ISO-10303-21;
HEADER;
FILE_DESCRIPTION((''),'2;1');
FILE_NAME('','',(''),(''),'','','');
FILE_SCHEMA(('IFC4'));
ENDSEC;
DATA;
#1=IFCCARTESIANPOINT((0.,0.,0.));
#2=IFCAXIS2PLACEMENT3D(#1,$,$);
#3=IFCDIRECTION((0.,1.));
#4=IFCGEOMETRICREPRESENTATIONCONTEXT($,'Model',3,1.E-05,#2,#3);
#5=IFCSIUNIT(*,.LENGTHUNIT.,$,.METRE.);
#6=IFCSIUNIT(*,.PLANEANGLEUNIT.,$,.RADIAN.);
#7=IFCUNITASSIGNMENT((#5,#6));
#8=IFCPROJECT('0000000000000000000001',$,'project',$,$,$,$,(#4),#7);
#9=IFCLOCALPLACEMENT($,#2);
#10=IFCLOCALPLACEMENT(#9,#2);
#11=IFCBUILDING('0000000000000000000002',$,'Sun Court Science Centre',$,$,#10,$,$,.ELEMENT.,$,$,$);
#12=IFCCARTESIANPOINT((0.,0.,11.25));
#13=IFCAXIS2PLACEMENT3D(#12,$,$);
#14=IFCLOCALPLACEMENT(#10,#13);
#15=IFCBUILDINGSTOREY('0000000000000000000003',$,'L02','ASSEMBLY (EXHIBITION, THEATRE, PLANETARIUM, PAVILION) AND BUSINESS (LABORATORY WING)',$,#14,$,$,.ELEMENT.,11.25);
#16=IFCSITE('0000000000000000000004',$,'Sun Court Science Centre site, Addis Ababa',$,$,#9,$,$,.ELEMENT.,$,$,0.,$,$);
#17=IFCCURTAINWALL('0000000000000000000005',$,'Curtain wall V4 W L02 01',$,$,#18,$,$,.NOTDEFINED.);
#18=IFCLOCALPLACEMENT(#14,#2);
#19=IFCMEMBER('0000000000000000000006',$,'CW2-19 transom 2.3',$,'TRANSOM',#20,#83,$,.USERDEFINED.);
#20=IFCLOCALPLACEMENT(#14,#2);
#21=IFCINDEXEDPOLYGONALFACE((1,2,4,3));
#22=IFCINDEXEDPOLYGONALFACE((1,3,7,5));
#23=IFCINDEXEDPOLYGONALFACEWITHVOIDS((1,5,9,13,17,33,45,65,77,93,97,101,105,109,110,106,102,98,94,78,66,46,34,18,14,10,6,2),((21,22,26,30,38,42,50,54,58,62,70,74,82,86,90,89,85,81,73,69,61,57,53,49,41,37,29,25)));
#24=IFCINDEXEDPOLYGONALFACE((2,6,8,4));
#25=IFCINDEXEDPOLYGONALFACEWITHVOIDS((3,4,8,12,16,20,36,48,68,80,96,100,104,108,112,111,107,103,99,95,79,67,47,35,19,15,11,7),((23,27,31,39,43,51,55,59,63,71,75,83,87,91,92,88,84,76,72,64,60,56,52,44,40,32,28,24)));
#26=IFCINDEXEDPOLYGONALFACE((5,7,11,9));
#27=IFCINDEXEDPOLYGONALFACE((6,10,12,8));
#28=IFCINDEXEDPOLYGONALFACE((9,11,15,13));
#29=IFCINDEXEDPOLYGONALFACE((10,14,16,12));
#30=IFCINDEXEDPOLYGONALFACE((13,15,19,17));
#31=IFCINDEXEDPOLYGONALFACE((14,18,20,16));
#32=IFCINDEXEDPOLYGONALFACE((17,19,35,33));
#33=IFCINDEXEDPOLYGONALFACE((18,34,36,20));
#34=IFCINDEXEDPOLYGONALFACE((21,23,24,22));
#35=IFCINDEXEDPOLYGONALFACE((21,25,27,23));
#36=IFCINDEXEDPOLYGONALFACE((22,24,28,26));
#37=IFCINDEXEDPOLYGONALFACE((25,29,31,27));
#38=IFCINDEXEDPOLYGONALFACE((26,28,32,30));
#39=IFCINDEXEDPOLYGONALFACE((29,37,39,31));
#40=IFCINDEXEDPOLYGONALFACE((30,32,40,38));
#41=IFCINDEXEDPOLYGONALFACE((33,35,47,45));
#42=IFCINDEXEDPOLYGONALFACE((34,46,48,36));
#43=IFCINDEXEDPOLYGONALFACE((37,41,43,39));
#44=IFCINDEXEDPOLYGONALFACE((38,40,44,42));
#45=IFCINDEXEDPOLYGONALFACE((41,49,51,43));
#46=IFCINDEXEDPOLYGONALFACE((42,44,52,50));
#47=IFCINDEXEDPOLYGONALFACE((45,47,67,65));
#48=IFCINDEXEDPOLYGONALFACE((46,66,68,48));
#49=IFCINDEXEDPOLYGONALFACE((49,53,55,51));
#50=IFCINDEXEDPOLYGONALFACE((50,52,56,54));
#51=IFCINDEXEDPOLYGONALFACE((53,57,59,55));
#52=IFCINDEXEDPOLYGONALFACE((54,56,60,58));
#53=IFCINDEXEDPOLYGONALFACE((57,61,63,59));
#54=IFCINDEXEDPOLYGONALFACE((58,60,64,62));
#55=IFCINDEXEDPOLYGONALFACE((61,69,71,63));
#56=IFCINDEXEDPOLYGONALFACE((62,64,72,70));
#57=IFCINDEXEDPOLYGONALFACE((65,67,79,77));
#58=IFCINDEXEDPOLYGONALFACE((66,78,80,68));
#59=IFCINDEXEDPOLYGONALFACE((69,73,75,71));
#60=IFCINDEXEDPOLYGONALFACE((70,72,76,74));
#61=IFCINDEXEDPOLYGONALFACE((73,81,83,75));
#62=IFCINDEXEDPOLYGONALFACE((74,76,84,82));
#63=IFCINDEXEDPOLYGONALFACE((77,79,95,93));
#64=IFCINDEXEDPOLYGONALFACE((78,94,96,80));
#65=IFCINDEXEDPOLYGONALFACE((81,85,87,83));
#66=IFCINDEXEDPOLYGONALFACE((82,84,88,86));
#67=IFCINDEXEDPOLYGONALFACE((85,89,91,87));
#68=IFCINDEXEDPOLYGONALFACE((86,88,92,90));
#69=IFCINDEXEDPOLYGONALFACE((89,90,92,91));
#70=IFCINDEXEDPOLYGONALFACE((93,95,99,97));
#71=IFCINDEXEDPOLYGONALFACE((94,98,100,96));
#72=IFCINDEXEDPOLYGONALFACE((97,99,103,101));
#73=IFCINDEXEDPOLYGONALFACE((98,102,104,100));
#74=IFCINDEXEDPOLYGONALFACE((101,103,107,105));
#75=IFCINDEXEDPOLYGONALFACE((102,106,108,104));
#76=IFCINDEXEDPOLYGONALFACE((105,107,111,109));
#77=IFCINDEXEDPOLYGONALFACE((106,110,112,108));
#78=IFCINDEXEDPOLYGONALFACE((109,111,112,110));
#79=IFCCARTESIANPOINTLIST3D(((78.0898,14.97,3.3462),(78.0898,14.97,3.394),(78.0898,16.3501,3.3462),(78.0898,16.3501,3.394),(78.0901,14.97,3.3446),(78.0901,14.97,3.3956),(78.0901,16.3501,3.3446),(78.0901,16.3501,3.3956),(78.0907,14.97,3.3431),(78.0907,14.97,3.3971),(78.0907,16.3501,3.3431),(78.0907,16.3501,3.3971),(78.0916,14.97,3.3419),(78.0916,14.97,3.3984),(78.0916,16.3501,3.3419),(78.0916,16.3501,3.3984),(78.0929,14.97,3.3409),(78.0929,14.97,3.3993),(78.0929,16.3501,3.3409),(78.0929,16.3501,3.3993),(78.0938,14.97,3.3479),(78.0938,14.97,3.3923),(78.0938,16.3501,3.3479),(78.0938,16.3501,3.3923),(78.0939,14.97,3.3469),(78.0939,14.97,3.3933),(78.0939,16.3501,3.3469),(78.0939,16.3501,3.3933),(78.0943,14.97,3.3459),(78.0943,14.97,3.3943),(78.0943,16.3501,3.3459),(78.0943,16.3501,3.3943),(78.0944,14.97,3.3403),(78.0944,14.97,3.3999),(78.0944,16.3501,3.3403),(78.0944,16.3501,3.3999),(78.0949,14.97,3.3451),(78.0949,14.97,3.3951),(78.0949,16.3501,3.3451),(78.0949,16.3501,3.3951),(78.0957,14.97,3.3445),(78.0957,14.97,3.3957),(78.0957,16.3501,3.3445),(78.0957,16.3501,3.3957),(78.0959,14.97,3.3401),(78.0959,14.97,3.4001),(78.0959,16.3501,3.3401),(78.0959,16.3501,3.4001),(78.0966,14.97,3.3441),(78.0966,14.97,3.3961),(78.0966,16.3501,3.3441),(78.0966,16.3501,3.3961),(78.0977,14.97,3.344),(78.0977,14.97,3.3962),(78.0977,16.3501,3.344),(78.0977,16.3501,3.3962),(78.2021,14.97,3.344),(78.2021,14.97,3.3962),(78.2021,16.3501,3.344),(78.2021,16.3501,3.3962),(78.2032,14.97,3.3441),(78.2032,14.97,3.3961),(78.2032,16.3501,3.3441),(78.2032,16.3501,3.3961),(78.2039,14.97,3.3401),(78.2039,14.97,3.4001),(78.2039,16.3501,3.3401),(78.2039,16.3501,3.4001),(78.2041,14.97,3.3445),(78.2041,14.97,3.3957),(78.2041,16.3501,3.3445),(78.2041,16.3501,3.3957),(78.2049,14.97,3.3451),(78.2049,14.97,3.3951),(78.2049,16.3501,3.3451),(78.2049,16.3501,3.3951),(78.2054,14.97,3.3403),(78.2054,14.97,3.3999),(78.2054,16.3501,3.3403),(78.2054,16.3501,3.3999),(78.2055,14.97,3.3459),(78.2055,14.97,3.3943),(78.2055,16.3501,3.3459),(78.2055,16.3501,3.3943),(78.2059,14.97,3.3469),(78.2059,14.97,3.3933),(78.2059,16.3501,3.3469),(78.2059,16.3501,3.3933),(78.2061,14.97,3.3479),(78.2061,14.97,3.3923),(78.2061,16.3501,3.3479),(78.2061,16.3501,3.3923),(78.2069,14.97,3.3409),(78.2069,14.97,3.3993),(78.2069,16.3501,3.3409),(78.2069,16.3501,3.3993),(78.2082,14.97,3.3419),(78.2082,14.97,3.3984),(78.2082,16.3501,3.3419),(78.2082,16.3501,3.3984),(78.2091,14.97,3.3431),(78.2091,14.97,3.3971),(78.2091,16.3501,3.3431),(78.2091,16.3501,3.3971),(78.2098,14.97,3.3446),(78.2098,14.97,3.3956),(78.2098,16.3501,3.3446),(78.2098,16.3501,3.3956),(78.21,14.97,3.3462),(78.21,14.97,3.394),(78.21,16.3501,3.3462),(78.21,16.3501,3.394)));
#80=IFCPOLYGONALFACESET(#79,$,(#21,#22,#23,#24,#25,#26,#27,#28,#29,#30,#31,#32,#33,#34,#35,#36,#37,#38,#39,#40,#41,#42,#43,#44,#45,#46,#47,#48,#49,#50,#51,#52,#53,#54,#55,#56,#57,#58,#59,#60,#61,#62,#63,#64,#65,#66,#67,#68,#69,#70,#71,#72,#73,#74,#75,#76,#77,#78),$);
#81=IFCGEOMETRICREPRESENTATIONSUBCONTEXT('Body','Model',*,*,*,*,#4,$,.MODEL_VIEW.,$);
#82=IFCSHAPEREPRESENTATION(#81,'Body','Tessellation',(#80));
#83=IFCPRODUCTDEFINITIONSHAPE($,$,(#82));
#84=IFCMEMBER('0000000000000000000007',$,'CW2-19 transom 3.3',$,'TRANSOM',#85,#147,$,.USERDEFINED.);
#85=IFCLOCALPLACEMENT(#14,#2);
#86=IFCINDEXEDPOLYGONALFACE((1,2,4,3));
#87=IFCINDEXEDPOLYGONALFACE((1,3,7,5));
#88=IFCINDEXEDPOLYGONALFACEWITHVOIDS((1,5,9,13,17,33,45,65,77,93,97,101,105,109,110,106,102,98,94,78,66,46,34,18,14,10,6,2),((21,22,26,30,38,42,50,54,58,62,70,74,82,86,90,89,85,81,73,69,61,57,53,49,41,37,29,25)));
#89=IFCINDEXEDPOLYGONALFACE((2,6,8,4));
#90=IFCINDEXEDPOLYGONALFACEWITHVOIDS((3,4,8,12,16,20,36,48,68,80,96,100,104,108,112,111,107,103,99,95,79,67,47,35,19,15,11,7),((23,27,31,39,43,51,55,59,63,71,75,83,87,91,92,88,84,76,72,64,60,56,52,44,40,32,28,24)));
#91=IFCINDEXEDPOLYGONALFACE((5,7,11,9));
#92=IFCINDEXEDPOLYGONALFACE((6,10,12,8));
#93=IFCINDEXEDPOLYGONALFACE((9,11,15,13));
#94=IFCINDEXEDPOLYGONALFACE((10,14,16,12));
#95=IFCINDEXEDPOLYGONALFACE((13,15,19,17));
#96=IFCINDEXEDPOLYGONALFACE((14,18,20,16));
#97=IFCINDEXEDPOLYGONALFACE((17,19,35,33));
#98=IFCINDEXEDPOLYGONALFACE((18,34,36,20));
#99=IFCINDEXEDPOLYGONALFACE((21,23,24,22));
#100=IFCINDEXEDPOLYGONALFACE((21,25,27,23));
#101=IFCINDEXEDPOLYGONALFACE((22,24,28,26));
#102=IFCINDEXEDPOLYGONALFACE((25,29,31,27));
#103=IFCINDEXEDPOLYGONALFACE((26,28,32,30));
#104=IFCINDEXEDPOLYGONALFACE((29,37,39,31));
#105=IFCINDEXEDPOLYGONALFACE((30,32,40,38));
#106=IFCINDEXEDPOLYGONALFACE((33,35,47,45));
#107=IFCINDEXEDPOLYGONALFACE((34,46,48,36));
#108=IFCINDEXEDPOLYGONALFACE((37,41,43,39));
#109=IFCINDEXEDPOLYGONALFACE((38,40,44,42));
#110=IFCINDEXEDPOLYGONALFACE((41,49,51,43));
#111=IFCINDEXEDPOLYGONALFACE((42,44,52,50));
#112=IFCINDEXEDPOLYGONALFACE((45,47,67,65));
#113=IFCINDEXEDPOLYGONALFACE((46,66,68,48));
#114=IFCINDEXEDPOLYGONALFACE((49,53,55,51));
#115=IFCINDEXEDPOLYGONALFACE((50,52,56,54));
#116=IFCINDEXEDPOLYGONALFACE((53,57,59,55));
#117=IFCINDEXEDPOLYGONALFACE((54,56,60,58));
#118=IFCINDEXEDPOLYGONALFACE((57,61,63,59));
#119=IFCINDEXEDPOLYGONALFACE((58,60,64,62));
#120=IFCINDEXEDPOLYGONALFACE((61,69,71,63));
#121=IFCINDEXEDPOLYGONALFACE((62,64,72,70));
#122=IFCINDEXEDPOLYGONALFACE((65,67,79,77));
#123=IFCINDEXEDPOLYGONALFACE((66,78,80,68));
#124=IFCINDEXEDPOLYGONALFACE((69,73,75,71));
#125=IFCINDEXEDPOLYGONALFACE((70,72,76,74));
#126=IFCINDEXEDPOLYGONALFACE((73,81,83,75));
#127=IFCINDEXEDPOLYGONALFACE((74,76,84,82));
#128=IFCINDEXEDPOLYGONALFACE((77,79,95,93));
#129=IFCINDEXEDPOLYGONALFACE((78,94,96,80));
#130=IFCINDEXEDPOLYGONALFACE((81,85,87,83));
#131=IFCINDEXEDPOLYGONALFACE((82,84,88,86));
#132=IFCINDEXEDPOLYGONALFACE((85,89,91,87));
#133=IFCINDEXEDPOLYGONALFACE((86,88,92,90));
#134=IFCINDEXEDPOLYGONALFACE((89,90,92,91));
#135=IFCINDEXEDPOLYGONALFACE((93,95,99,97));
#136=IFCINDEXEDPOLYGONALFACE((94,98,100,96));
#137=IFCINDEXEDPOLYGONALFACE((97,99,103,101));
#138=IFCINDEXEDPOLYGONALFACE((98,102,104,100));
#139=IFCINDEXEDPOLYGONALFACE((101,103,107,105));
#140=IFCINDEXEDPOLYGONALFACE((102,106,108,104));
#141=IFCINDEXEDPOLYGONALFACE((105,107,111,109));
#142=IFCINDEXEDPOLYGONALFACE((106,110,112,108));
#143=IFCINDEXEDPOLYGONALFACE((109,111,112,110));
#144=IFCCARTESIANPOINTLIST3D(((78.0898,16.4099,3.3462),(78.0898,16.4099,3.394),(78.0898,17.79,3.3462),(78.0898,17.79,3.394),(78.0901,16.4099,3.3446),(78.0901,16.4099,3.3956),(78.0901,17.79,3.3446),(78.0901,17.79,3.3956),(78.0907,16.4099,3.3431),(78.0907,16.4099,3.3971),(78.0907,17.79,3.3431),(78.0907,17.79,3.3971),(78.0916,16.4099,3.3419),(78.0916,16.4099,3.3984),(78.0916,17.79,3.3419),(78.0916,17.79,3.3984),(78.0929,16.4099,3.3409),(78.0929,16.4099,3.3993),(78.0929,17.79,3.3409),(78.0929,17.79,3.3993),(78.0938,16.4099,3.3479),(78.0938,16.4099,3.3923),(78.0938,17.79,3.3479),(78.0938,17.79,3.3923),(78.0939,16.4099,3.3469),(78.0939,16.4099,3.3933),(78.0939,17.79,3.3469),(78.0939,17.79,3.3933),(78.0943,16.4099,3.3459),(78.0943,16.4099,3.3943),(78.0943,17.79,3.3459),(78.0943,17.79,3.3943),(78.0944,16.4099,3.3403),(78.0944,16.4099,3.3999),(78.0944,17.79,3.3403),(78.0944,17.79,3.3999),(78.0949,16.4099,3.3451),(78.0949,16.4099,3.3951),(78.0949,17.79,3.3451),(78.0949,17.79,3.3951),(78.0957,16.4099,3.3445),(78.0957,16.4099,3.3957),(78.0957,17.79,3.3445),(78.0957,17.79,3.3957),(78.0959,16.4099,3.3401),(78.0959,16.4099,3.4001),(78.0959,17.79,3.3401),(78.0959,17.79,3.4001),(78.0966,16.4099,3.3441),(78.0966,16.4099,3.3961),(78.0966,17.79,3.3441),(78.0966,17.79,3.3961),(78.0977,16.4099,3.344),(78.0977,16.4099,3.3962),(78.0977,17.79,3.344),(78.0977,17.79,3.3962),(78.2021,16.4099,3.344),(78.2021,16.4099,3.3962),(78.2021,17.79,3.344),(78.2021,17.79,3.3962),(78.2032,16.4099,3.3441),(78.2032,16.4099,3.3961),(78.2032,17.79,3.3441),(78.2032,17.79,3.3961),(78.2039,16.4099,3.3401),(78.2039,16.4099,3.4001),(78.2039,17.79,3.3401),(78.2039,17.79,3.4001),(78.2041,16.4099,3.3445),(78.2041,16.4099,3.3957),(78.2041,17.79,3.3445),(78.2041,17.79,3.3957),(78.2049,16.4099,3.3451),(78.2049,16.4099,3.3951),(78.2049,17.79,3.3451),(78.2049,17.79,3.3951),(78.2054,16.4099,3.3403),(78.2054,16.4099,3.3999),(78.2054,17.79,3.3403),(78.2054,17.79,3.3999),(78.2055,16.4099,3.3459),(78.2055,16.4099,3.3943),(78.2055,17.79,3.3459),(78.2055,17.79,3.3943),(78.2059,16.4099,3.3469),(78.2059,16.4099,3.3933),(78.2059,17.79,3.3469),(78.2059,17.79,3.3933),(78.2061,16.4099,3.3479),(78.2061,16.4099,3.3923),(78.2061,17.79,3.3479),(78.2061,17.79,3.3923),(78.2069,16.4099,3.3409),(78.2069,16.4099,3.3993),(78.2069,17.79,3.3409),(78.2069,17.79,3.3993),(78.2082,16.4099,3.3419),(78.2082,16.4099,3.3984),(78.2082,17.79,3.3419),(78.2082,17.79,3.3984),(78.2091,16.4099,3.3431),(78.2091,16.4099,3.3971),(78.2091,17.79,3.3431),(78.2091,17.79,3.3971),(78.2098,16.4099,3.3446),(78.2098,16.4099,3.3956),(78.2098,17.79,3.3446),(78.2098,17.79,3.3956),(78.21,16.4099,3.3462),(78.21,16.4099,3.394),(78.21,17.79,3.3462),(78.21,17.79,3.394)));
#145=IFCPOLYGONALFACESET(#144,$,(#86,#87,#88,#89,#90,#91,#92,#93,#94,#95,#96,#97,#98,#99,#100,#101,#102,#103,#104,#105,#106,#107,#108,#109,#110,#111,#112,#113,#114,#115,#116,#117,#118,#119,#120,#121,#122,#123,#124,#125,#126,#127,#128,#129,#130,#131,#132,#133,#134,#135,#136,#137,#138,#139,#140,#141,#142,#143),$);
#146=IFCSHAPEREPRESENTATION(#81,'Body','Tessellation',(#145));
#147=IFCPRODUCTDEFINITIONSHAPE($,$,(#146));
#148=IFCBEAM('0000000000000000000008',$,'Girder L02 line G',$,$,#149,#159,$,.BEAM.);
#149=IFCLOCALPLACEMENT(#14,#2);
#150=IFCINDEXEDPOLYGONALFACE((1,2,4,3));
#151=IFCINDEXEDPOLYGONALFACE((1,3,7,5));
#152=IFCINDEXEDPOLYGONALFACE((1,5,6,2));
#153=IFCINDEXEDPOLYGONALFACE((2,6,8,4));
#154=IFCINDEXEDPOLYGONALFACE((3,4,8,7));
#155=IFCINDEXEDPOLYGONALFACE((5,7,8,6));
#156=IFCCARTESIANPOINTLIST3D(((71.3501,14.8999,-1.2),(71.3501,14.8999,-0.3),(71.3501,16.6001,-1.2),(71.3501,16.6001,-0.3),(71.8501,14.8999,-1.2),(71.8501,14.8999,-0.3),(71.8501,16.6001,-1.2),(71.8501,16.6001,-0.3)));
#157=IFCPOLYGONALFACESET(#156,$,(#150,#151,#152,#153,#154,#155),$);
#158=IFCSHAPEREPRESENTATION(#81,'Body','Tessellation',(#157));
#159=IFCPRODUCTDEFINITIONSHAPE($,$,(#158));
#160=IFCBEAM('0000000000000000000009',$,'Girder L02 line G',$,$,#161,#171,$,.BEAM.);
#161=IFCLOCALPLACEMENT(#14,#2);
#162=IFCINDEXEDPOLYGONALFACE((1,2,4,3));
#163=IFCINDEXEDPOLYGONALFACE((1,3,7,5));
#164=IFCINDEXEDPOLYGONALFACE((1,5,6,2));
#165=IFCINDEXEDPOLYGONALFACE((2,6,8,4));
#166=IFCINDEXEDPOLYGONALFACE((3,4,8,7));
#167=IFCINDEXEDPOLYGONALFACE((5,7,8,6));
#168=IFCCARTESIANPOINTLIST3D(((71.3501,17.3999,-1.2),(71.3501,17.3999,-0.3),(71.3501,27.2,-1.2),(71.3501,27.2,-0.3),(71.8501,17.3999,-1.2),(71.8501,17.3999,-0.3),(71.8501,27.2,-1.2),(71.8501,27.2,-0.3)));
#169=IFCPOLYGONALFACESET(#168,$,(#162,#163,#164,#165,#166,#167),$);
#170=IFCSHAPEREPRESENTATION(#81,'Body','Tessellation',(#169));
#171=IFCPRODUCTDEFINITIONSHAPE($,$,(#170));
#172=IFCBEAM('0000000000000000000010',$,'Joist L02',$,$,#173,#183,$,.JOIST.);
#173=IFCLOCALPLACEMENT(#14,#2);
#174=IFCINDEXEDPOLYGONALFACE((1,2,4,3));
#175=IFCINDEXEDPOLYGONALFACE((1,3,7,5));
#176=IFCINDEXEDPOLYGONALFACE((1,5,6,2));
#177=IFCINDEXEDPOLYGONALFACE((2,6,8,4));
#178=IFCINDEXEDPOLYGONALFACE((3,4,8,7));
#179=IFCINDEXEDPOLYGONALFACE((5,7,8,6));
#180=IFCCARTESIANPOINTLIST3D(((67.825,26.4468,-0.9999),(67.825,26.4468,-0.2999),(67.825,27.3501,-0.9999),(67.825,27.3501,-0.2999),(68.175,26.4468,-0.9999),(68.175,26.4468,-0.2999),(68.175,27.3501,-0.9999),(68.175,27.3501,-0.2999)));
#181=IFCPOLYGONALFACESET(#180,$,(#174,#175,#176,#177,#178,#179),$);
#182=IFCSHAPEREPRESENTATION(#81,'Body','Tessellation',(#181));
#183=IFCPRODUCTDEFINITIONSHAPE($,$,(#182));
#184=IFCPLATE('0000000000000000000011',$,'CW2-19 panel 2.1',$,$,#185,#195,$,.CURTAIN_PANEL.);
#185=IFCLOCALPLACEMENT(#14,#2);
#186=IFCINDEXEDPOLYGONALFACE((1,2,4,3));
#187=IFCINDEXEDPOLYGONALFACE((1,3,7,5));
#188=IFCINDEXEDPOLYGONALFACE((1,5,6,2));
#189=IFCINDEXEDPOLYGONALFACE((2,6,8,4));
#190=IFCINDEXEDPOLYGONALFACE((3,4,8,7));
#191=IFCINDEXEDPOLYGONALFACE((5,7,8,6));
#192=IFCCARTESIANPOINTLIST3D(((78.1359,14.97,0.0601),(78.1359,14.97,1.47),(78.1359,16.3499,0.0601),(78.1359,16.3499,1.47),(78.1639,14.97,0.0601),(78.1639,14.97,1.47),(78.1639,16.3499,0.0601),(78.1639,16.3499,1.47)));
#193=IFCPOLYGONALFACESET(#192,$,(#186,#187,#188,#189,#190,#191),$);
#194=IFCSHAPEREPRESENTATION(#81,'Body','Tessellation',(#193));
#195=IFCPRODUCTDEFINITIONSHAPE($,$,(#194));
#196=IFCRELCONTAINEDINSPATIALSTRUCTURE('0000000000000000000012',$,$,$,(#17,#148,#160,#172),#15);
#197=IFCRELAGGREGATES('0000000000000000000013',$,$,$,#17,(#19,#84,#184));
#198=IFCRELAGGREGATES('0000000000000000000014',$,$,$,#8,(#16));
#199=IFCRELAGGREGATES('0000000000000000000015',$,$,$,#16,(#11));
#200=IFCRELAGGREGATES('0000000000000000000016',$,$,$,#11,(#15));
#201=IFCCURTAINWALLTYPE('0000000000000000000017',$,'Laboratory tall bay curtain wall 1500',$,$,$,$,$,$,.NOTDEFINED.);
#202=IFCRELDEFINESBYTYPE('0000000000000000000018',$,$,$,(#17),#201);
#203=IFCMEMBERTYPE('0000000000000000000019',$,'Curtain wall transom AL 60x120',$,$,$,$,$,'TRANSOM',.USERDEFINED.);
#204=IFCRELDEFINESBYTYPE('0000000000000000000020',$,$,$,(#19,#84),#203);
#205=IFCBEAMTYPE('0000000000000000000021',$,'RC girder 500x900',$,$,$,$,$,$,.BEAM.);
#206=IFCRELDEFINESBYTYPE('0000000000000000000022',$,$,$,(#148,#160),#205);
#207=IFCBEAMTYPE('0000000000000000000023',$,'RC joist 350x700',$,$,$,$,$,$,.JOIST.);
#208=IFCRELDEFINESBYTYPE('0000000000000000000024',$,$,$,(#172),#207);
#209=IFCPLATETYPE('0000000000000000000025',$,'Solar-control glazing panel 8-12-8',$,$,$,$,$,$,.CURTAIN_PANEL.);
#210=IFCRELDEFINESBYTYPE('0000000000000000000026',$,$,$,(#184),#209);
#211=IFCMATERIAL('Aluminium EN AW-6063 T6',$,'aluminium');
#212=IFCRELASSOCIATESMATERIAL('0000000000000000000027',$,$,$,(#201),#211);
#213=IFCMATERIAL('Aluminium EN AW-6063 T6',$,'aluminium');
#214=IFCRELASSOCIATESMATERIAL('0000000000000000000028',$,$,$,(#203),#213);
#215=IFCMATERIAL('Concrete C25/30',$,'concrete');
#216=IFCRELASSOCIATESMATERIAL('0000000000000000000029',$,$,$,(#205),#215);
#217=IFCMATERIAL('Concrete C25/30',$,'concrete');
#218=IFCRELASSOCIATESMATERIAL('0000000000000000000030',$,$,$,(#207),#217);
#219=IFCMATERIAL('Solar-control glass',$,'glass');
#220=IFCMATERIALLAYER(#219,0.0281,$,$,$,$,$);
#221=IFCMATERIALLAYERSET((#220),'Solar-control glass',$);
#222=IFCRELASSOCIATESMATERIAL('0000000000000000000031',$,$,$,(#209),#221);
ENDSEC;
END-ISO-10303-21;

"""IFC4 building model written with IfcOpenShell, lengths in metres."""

from ifc_helpers import new_model, si_unit, direction, frame, origin, origin_2d, place, context, subcontext, project, spatial, rectangle, hollow_rectangle, extrude, material, layer, layer_set, material_profile, profile_set, type_object, element, aggregate, save


model = new_model("IFC4")

# Units and contexts
model_context = context("Model", 3, precision=1e-05, world=origin(), true_north=direction((0.0, 1.0)))
body_context = subcontext(model_context, "Body", "Model", "MODEL_VIEW")
ifc_project = project(units=[si_unit("LENGTHUNIT", "METRE"), si_unit("PLANEANGLEUNIT", "RADIAN")], contexts=[model_context])

# Site, building, storey
site_placement = place(None, origin())
site = spatial("IfcSite", under=ifc_project, at=site_placement, Name="Sun Court Science Centre site, Addis Ababa", CompositionType="ELEMENT", RefElevation=0.0)
building_placement = place(site_placement, origin())
building = spatial("IfcBuilding", under=site, at=building_placement, Name="Sun Court Science Centre", CompositionType="ELEMENT")
storey_placement = place(building_placement, frame((0.0, 0.0, 11.25)))
storey = spatial("IfcBuildingStorey", under=building, at=storey_placement, Name="L02", Description="ASSEMBLY (EXHIBITION, THEATRE, PLANETARIUM, PAVILION) AND BUSINESS (LABORATORY WING)", CompositionType="ELEMENT", Elevation=11.25)

# Curtain wall, members
ifc_material_1 = material(Name="Aluminium EN AW-6063 T6", Category="aluminium")
curtain_wall_type = type_object("IfcCurtainWallType", Name="Laboratory tall bay curtain wall 1500", PredefinedType="NOTDEFINED", material=ifc_material_1)
curtain_wall_placement = place(storey_placement, origin())
curtain_wall = element("IfcCurtainWall", 1, at=curtain_wall_placement, inside=storey, type_object=curtain_wall_type, Name="Curtain wall V4 W L02 01", PredefinedType="NOTDEFINED")
ifc_material_2 = material(Name="Aluminium EN AW-6063 T6", Category="aluminium")
ifc_material_profile_1 = material_profile(ifc_material_2, hollow_rectangle(XDim=0.0601, YDim=0.1201, WallThickness=0.0039, InnerFilletRadius=0.0039, OuterFilletRadius=0.0061, at=origin_2d()), Name="AL 60x120x4")
ifc_profile_set_1 = profile_set([ifc_material_profile_1], Name="Aluminium EN AW-6063 T6")
member_type_1 = type_object("IfcMemberType", Name="Curtain wall transom AL 60x120", ElementType="TRANSOM", PredefinedType="USERDEFINED", material=ifc_profile_set_1)
member_1_placement = place(storey_placement, frame((78.1499, 14.97, 3.3701), z_axis=(0.0, 1.0, 0.0), x_axis=(0.0, 0.0, 1.0)))
member_1 = element("IfcMember", 2, at=member_1_placement, type_object=member_type_1, Name="CW2-19 transom 2.3", ObjectType="TRANSOM", PredefinedType="USERDEFINED", context=body_context, shape_type="SweptSolid", body=[
    extrude(hollow_rectangle(XDim=0.0601, YDim=0.1201, WallThickness=0.0039, InnerFilletRadius=0.0039, OuterFilletRadius=0.0061, at=origin_2d()), origin(), (0.0, 0.0, 1.0), 1.3801),
])
member_2_placement = place(storey_placement, frame((78.1499, 16.4099, 3.3701), z_axis=(0.0, 1.0, 0.0), x_axis=(0.0, 0.0, 1.0)))
member_2 = element("IfcMember", 3, at=member_2_placement, type_object=member_type_1, Name="CW2-19 transom 3.3", ObjectType="TRANSOM", PredefinedType="USERDEFINED", context=body_context, shape_type="SweptSolid", body=[
    extrude(hollow_rectangle(XDim=0.0601, YDim=0.1201, WallThickness=0.0039, InnerFilletRadius=0.0039, OuterFilletRadius=0.0061, at=origin_2d()), origin(), (0.0, 0.0, 1.0), 1.3801),
])

# Beams
ifc_material_3 = material(Name="Concrete C25/30", Category="concrete")
ifc_material_profile_2 = material_profile(ifc_material_3, rectangle(XDim=0.5, YDim=0.8999, at=origin_2d()), Name="RC 500x900")
ifc_profile_set_2 = profile_set([ifc_material_profile_2], Name="Concrete C25/30")
beam_type_1 = type_object("IfcBeamType", Name="RC girder 500x900", PredefinedType="BEAM", material=ifc_profile_set_2)
beam_1_placement = place(storey_placement, frame((71.6001, 14.8999, -0.75), z_axis=(0.0, 1.0, 0.0), x_axis=(-1.0, 0.0, 0.0)))
element("IfcBeam", 4, at=beam_1_placement, inside=storey, type_object=beam_type_1, Name="Girder L02 line G", PredefinedType="BEAM", context=body_context, shape_type="SweptSolid", body=[
    extrude(rectangle(XDim=0.5, YDim=0.8999, at=origin_2d()), origin(), (0.0, 0.0, 1.0), 1.7002),
])
beam_2_placement = place(storey_placement, frame((71.6001, 17.3999, -0.75), z_axis=(0.0, 1.0, 0.0), x_axis=(-1.0, 0.0, 0.0)))
element("IfcBeam", 5, at=beam_2_placement, inside=storey, type_object=beam_type_1, Name="Girder L02 line G", PredefinedType="BEAM", context=body_context, shape_type="SweptSolid", body=[
    extrude(rectangle(XDim=0.5, YDim=0.8999, at=origin_2d()), origin(), (0.0, 0.0, 1.0), 9.8),
])
ifc_material_4 = material(Name="Concrete C25/30", Category="concrete")
ifc_material_profile_3 = material_profile(ifc_material_4, rectangle(XDim=0.3501, YDim=0.7, at=origin_2d()), Name="RC 350x700")
ifc_profile_set_3 = profile_set([ifc_material_profile_3], Name="Concrete C25/30")
beam_type_2 = type_object("IfcBeamType", Name="RC joist 350x700", PredefinedType="JOIST", material=ifc_profile_set_3)
beam_3_placement = place(storey_placement, frame((68.0, 26.4468, -0.6499), z_axis=(0.0, 1.0, 0.0), x_axis=(-1.0, 0.0, 0.0)))
element("IfcBeam", 6, at=beam_3_placement, inside=storey, type_object=beam_type_2, Name="Joist L02", PredefinedType="JOIST", context=body_context, shape_type="SweptSolid", body=[
    extrude(rectangle(XDim=0.3501, YDim=0.7, at=origin_2d()), origin(), (0.0, 0.0, 1.0), 0.9033),
])

# Plate
ifc_material_5 = material(Name="Solar-control glass", Category="glass")
ifc_layer_1 = layer(ifc_material_5, 0.0281)
ifc_layer_set_1 = layer_set([ifc_layer_1], Name="Solar-control glass")
plate_type = type_object("IfcPlateType", Name="Solar-control glazing panel 8-12-8", PredefinedType="CURTAIN_PANEL", material=ifc_layer_set_1)
plate_1_placement = place(storey_placement, frame((78.1499, 15.6599, 0.0601), z_axis=(0.0, 0.0, 1.0), x_axis=(0.0, 1.0, 0.0)))
plate_1 = element("IfcPlate", 7, at=plate_1_placement, type_object=plate_type, Name="CW2-19 panel 2.1", PredefinedType="CURTAIN_PANEL", context=body_context, shape_type="SweptSolid", body=[
    extrude(rectangle(XDim=1.3799, YDim=0.0281, at=origin_2d()), origin(), (0.0, 0.0, 1.0), 1.4099),
])
aggregate(curtain_wall, [member_1, member_2, plate_1])

save(model, "model.ifc")
